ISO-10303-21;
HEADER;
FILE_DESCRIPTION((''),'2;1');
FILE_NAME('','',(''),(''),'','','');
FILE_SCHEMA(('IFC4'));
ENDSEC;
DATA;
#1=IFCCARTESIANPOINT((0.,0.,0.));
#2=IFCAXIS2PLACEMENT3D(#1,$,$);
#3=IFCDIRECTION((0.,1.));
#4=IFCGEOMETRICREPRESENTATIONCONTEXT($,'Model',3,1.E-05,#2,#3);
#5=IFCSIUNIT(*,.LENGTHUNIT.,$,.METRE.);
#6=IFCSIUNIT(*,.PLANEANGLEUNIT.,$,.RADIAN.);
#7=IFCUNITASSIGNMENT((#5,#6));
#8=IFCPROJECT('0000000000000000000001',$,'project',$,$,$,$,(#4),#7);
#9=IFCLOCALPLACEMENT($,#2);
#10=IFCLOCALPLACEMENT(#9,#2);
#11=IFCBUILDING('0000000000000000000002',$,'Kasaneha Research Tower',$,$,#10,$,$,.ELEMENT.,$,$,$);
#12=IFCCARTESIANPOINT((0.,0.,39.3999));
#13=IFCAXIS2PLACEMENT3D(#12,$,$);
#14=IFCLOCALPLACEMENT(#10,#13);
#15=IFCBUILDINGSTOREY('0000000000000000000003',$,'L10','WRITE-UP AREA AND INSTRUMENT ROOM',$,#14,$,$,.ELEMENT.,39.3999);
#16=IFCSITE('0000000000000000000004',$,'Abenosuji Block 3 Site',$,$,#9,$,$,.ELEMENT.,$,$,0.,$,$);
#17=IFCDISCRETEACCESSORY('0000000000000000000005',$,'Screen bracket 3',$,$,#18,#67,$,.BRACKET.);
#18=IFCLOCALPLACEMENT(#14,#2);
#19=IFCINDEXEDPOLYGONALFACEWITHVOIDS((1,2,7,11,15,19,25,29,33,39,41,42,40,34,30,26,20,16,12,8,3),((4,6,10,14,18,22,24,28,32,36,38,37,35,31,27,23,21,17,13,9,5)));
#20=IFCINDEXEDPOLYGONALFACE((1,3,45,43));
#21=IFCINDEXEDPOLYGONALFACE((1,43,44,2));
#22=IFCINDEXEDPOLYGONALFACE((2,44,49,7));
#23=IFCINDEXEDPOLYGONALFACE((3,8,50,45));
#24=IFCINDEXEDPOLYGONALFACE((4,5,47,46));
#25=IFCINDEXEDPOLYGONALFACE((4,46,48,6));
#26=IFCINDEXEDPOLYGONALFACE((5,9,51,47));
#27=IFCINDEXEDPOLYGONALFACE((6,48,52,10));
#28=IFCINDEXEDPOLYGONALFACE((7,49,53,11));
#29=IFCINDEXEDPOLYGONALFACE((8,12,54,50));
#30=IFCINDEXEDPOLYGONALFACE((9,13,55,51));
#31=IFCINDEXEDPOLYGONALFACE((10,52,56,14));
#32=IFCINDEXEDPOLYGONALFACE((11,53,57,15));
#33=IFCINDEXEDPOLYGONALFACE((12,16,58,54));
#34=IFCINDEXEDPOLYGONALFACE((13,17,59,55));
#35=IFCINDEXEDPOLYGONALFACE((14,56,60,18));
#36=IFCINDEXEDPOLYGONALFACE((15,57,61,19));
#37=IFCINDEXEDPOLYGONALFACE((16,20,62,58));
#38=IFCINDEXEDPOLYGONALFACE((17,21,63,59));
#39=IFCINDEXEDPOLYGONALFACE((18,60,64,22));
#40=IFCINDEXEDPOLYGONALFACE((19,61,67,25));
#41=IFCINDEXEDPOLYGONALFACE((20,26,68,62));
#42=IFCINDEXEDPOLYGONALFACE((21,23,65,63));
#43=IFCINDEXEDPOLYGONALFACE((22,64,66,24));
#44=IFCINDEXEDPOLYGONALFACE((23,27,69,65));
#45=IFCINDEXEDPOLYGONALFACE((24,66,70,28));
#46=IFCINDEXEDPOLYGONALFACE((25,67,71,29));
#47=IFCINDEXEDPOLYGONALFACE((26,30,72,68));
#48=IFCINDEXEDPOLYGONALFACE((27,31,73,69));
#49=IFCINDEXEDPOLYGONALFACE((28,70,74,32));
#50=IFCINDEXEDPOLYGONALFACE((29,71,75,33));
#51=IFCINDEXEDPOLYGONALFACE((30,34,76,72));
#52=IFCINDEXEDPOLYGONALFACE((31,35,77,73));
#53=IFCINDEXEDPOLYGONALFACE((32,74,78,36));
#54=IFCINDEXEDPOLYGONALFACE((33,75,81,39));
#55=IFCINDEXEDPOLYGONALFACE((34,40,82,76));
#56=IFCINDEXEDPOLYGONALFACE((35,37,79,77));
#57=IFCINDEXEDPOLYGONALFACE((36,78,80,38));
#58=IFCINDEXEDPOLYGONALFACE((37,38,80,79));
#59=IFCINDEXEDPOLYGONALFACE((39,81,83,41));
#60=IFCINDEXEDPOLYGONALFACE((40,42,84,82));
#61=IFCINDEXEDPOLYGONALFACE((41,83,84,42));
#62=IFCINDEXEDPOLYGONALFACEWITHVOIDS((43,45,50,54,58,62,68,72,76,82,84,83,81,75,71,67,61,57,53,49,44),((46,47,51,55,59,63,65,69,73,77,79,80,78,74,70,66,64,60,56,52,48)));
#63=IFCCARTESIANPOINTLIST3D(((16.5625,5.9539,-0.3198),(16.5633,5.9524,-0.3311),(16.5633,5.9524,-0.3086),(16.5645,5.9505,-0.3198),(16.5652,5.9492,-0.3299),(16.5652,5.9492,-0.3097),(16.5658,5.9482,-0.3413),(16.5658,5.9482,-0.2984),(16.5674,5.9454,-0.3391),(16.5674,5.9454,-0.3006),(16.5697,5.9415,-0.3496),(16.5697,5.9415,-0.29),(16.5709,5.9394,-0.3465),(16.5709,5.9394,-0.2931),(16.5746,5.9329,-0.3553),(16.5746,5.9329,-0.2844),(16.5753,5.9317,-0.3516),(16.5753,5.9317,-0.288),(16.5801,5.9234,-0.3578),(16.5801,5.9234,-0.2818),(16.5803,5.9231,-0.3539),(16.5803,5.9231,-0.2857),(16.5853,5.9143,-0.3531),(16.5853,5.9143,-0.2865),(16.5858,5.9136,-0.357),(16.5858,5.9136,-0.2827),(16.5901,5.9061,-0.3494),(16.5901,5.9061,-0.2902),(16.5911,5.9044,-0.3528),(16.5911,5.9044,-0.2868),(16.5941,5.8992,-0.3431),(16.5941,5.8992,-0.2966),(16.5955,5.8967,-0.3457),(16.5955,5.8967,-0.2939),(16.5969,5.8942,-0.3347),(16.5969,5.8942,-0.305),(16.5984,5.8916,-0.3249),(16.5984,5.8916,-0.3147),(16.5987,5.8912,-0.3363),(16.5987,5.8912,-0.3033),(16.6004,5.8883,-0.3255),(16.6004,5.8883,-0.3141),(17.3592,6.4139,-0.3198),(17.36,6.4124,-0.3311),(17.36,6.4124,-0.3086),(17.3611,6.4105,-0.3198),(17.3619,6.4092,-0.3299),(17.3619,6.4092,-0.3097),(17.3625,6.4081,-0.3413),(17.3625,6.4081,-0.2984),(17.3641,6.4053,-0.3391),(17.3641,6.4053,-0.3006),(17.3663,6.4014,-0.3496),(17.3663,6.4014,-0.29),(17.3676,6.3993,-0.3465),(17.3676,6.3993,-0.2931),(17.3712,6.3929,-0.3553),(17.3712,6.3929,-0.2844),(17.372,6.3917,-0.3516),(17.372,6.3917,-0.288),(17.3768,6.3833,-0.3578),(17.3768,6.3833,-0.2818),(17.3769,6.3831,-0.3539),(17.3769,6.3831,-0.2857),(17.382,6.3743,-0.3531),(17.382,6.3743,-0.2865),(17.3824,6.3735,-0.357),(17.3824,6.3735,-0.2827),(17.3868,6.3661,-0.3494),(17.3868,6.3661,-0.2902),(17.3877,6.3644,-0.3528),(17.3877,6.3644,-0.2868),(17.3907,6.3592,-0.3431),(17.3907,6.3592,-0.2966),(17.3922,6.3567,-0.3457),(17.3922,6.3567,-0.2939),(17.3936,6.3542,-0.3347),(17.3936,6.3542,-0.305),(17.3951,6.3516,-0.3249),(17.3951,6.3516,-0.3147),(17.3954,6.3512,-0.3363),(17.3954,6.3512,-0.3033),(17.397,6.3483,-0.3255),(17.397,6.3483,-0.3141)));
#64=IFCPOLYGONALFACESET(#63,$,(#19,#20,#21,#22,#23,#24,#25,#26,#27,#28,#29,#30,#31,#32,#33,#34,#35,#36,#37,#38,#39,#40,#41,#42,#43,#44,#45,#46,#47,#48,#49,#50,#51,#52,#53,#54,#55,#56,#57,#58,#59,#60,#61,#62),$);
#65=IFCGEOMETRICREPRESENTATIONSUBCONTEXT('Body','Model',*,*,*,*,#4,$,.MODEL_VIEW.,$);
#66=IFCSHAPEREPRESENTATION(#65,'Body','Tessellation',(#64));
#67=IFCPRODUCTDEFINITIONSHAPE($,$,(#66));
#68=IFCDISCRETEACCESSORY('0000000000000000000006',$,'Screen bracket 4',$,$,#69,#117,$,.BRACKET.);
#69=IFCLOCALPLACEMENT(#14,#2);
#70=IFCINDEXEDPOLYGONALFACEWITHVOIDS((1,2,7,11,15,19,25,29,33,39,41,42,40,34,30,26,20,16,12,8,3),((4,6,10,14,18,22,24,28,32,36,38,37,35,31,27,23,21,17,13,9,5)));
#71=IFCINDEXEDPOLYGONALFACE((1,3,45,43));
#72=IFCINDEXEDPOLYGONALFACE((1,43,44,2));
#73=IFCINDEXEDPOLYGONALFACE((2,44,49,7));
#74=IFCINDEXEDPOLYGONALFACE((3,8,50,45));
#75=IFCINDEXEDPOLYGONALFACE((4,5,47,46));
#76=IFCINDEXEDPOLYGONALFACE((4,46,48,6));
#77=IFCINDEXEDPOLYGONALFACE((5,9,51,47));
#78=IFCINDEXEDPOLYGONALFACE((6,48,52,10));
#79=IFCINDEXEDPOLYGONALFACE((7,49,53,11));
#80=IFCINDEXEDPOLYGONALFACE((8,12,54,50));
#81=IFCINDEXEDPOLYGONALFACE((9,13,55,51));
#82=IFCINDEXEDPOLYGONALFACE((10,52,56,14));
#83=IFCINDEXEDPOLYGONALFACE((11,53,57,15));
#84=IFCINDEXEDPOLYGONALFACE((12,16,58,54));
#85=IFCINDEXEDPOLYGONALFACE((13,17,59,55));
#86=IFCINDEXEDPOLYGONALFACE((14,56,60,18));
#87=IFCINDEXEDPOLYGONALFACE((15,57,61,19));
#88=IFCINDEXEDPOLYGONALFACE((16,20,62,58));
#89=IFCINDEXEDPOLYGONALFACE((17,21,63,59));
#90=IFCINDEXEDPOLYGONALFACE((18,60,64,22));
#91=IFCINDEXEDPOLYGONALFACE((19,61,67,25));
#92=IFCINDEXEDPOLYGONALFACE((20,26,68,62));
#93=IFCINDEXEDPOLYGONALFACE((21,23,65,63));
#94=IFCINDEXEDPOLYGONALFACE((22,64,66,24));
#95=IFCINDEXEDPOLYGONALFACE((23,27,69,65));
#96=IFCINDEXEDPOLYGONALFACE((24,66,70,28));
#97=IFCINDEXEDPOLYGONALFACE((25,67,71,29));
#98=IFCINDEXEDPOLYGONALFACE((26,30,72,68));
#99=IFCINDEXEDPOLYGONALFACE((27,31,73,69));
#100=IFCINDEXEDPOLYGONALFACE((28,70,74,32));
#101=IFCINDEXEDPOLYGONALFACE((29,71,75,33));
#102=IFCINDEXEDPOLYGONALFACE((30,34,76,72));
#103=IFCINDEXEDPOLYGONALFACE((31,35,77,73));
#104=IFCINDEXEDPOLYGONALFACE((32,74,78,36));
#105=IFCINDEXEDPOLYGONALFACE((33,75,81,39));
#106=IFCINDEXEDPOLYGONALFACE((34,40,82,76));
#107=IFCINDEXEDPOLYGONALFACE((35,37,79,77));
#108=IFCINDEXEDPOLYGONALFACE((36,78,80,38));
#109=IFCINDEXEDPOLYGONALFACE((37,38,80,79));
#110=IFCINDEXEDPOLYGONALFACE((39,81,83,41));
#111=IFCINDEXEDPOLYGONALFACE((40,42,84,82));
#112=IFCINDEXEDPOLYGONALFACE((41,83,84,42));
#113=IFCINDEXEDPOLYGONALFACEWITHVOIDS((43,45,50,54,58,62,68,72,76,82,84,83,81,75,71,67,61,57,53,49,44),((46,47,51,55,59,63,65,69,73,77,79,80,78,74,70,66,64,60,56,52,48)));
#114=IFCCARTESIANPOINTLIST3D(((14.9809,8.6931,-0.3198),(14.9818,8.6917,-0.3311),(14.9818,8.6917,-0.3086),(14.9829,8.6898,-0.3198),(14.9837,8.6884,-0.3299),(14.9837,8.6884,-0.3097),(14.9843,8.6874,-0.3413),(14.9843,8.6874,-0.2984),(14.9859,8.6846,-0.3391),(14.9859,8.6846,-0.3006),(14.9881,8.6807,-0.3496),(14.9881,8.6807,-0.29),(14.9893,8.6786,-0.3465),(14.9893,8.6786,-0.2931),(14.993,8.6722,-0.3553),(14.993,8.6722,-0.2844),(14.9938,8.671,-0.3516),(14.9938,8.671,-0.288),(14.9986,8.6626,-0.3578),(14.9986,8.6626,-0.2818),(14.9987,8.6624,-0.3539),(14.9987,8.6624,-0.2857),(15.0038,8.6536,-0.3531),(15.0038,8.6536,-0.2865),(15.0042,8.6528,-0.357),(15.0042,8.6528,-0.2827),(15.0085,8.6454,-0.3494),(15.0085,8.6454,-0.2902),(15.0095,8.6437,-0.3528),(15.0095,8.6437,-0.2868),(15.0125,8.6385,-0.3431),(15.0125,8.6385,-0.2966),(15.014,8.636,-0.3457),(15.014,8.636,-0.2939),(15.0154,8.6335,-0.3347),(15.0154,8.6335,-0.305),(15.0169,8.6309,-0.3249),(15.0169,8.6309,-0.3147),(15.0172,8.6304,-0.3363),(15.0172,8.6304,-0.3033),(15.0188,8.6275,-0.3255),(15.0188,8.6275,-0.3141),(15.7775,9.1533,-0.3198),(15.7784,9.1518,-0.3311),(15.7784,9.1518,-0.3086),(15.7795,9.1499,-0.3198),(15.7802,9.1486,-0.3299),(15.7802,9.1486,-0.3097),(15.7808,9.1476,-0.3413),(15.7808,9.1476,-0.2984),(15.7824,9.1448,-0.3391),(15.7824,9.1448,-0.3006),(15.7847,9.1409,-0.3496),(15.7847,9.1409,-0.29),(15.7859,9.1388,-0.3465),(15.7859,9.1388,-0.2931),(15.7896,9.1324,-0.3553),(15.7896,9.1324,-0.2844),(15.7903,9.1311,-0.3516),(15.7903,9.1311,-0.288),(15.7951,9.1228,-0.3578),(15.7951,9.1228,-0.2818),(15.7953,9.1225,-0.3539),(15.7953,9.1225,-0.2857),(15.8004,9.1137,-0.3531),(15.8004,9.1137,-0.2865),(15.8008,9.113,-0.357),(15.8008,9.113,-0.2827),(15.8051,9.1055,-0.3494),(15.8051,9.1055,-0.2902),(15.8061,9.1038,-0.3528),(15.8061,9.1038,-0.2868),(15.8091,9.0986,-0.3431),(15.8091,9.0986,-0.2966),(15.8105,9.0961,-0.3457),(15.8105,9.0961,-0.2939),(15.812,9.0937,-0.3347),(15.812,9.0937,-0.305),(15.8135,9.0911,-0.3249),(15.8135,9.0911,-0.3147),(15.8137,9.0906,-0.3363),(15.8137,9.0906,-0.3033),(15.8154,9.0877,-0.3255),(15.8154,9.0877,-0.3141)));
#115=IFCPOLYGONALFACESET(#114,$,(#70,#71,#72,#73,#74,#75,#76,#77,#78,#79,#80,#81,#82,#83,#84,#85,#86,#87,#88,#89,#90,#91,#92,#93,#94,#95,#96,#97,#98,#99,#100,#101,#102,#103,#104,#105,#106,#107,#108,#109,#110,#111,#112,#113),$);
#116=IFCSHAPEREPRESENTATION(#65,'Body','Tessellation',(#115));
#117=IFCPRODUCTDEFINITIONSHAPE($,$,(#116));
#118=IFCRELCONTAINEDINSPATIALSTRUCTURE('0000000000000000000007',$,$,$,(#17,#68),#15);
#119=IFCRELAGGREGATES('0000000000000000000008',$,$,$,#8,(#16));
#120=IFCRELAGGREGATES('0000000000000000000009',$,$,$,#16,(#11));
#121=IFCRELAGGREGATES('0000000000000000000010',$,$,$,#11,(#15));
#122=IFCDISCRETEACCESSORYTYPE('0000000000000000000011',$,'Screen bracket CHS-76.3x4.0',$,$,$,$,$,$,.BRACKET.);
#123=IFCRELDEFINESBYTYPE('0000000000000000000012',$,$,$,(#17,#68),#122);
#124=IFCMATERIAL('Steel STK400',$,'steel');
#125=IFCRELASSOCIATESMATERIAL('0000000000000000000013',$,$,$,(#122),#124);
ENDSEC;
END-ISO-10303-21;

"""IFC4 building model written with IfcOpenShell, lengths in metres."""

from ifc_helpers import new_model, si_unit, direction, frame, origin, origin_2d, place, context, subcontext, project, spatial, hollow_circle, extrude, material, material_profile, profile_set, type_object, element, save


model = new_model("IFC4")

# Units and contexts
model_context = context("Model", 3, precision=1e-05, world=origin(), true_north=direction((0.0, 1.0)))
body_context = subcontext(model_context, "Body", "Model", "MODEL_VIEW")
ifc_project = project(units=[si_unit("LENGTHUNIT", "METRE"), si_unit("PLANEANGLEUNIT", "RADIAN")], contexts=[model_context])

# Site, building, storey
site_placement = place(None, origin())
site = spatial("IfcSite", under=ifc_project, at=site_placement, Name="Abenosuji Block 3 Site", CompositionType="ELEMENT", RefElevation=0.0)
building_placement = place(site_placement, origin())
building = spatial("IfcBuilding", under=site, at=building_placement, Name="Kasaneha Research Tower", CompositionType="ELEMENT")
storey_placement = place(building_placement, frame((0.0, 0.0, 39.3999)))
storey = spatial("IfcBuildingStorey", under=building, at=storey_placement, Name="L10", Description="WRITE-UP AREA AND INSTRUMENT ROOM", CompositionType="ELEMENT", Elevation=39.3999)

# Discrete accessories
ifc_material_1 = material(Name="Steel STK400", Category="steel")
ifc_material_profile_1 = material_profile(ifc_material_1, hollow_circle(Radius=0.0381, WallThickness=0.0039, at=origin_2d()), Name="CHS-76.3x4.0")
ifc_profile_set_1 = profile_set([ifc_material_profile_1], Name="Steel STK400")
discrete_accessory_type = type_object("IfcDiscreteAccessoryType", Name="Screen bracket CHS-76.3x4.0", PredefinedType="BRACKET", material=ifc_profile_set_1)
for number, where, z_axis, x_axis, name in (
    (1, (16.5815, 5.9209, -0.3198), (0.866013, 0.500021, 0.0), (-0.500021, 0.866013, 0.0), "Screen bracket 3"),
    (2, (15.0, 8.6602, -0.3198), (0.865898, 0.50022, 0.0), (-0.50022, 0.865898, 0.0), "Screen bracket 4"),
):
    element("IfcDiscreteAccessory", number, at=place(storey_placement, frame(where, z_axis=z_axis, x_axis=x_axis)), inside=storey, type_object=discrete_accessory_type, Name=name, PredefinedType="BRACKET", context=body_context, shape_type="SweptSolid", body=[
        extrude(hollow_circle(Radius=0.0381, WallThickness=0.0039, at=origin_2d()), origin(), (0.0, 0.0, 1.0), 0.9199),
    ])

save(model, "model.ifc")
